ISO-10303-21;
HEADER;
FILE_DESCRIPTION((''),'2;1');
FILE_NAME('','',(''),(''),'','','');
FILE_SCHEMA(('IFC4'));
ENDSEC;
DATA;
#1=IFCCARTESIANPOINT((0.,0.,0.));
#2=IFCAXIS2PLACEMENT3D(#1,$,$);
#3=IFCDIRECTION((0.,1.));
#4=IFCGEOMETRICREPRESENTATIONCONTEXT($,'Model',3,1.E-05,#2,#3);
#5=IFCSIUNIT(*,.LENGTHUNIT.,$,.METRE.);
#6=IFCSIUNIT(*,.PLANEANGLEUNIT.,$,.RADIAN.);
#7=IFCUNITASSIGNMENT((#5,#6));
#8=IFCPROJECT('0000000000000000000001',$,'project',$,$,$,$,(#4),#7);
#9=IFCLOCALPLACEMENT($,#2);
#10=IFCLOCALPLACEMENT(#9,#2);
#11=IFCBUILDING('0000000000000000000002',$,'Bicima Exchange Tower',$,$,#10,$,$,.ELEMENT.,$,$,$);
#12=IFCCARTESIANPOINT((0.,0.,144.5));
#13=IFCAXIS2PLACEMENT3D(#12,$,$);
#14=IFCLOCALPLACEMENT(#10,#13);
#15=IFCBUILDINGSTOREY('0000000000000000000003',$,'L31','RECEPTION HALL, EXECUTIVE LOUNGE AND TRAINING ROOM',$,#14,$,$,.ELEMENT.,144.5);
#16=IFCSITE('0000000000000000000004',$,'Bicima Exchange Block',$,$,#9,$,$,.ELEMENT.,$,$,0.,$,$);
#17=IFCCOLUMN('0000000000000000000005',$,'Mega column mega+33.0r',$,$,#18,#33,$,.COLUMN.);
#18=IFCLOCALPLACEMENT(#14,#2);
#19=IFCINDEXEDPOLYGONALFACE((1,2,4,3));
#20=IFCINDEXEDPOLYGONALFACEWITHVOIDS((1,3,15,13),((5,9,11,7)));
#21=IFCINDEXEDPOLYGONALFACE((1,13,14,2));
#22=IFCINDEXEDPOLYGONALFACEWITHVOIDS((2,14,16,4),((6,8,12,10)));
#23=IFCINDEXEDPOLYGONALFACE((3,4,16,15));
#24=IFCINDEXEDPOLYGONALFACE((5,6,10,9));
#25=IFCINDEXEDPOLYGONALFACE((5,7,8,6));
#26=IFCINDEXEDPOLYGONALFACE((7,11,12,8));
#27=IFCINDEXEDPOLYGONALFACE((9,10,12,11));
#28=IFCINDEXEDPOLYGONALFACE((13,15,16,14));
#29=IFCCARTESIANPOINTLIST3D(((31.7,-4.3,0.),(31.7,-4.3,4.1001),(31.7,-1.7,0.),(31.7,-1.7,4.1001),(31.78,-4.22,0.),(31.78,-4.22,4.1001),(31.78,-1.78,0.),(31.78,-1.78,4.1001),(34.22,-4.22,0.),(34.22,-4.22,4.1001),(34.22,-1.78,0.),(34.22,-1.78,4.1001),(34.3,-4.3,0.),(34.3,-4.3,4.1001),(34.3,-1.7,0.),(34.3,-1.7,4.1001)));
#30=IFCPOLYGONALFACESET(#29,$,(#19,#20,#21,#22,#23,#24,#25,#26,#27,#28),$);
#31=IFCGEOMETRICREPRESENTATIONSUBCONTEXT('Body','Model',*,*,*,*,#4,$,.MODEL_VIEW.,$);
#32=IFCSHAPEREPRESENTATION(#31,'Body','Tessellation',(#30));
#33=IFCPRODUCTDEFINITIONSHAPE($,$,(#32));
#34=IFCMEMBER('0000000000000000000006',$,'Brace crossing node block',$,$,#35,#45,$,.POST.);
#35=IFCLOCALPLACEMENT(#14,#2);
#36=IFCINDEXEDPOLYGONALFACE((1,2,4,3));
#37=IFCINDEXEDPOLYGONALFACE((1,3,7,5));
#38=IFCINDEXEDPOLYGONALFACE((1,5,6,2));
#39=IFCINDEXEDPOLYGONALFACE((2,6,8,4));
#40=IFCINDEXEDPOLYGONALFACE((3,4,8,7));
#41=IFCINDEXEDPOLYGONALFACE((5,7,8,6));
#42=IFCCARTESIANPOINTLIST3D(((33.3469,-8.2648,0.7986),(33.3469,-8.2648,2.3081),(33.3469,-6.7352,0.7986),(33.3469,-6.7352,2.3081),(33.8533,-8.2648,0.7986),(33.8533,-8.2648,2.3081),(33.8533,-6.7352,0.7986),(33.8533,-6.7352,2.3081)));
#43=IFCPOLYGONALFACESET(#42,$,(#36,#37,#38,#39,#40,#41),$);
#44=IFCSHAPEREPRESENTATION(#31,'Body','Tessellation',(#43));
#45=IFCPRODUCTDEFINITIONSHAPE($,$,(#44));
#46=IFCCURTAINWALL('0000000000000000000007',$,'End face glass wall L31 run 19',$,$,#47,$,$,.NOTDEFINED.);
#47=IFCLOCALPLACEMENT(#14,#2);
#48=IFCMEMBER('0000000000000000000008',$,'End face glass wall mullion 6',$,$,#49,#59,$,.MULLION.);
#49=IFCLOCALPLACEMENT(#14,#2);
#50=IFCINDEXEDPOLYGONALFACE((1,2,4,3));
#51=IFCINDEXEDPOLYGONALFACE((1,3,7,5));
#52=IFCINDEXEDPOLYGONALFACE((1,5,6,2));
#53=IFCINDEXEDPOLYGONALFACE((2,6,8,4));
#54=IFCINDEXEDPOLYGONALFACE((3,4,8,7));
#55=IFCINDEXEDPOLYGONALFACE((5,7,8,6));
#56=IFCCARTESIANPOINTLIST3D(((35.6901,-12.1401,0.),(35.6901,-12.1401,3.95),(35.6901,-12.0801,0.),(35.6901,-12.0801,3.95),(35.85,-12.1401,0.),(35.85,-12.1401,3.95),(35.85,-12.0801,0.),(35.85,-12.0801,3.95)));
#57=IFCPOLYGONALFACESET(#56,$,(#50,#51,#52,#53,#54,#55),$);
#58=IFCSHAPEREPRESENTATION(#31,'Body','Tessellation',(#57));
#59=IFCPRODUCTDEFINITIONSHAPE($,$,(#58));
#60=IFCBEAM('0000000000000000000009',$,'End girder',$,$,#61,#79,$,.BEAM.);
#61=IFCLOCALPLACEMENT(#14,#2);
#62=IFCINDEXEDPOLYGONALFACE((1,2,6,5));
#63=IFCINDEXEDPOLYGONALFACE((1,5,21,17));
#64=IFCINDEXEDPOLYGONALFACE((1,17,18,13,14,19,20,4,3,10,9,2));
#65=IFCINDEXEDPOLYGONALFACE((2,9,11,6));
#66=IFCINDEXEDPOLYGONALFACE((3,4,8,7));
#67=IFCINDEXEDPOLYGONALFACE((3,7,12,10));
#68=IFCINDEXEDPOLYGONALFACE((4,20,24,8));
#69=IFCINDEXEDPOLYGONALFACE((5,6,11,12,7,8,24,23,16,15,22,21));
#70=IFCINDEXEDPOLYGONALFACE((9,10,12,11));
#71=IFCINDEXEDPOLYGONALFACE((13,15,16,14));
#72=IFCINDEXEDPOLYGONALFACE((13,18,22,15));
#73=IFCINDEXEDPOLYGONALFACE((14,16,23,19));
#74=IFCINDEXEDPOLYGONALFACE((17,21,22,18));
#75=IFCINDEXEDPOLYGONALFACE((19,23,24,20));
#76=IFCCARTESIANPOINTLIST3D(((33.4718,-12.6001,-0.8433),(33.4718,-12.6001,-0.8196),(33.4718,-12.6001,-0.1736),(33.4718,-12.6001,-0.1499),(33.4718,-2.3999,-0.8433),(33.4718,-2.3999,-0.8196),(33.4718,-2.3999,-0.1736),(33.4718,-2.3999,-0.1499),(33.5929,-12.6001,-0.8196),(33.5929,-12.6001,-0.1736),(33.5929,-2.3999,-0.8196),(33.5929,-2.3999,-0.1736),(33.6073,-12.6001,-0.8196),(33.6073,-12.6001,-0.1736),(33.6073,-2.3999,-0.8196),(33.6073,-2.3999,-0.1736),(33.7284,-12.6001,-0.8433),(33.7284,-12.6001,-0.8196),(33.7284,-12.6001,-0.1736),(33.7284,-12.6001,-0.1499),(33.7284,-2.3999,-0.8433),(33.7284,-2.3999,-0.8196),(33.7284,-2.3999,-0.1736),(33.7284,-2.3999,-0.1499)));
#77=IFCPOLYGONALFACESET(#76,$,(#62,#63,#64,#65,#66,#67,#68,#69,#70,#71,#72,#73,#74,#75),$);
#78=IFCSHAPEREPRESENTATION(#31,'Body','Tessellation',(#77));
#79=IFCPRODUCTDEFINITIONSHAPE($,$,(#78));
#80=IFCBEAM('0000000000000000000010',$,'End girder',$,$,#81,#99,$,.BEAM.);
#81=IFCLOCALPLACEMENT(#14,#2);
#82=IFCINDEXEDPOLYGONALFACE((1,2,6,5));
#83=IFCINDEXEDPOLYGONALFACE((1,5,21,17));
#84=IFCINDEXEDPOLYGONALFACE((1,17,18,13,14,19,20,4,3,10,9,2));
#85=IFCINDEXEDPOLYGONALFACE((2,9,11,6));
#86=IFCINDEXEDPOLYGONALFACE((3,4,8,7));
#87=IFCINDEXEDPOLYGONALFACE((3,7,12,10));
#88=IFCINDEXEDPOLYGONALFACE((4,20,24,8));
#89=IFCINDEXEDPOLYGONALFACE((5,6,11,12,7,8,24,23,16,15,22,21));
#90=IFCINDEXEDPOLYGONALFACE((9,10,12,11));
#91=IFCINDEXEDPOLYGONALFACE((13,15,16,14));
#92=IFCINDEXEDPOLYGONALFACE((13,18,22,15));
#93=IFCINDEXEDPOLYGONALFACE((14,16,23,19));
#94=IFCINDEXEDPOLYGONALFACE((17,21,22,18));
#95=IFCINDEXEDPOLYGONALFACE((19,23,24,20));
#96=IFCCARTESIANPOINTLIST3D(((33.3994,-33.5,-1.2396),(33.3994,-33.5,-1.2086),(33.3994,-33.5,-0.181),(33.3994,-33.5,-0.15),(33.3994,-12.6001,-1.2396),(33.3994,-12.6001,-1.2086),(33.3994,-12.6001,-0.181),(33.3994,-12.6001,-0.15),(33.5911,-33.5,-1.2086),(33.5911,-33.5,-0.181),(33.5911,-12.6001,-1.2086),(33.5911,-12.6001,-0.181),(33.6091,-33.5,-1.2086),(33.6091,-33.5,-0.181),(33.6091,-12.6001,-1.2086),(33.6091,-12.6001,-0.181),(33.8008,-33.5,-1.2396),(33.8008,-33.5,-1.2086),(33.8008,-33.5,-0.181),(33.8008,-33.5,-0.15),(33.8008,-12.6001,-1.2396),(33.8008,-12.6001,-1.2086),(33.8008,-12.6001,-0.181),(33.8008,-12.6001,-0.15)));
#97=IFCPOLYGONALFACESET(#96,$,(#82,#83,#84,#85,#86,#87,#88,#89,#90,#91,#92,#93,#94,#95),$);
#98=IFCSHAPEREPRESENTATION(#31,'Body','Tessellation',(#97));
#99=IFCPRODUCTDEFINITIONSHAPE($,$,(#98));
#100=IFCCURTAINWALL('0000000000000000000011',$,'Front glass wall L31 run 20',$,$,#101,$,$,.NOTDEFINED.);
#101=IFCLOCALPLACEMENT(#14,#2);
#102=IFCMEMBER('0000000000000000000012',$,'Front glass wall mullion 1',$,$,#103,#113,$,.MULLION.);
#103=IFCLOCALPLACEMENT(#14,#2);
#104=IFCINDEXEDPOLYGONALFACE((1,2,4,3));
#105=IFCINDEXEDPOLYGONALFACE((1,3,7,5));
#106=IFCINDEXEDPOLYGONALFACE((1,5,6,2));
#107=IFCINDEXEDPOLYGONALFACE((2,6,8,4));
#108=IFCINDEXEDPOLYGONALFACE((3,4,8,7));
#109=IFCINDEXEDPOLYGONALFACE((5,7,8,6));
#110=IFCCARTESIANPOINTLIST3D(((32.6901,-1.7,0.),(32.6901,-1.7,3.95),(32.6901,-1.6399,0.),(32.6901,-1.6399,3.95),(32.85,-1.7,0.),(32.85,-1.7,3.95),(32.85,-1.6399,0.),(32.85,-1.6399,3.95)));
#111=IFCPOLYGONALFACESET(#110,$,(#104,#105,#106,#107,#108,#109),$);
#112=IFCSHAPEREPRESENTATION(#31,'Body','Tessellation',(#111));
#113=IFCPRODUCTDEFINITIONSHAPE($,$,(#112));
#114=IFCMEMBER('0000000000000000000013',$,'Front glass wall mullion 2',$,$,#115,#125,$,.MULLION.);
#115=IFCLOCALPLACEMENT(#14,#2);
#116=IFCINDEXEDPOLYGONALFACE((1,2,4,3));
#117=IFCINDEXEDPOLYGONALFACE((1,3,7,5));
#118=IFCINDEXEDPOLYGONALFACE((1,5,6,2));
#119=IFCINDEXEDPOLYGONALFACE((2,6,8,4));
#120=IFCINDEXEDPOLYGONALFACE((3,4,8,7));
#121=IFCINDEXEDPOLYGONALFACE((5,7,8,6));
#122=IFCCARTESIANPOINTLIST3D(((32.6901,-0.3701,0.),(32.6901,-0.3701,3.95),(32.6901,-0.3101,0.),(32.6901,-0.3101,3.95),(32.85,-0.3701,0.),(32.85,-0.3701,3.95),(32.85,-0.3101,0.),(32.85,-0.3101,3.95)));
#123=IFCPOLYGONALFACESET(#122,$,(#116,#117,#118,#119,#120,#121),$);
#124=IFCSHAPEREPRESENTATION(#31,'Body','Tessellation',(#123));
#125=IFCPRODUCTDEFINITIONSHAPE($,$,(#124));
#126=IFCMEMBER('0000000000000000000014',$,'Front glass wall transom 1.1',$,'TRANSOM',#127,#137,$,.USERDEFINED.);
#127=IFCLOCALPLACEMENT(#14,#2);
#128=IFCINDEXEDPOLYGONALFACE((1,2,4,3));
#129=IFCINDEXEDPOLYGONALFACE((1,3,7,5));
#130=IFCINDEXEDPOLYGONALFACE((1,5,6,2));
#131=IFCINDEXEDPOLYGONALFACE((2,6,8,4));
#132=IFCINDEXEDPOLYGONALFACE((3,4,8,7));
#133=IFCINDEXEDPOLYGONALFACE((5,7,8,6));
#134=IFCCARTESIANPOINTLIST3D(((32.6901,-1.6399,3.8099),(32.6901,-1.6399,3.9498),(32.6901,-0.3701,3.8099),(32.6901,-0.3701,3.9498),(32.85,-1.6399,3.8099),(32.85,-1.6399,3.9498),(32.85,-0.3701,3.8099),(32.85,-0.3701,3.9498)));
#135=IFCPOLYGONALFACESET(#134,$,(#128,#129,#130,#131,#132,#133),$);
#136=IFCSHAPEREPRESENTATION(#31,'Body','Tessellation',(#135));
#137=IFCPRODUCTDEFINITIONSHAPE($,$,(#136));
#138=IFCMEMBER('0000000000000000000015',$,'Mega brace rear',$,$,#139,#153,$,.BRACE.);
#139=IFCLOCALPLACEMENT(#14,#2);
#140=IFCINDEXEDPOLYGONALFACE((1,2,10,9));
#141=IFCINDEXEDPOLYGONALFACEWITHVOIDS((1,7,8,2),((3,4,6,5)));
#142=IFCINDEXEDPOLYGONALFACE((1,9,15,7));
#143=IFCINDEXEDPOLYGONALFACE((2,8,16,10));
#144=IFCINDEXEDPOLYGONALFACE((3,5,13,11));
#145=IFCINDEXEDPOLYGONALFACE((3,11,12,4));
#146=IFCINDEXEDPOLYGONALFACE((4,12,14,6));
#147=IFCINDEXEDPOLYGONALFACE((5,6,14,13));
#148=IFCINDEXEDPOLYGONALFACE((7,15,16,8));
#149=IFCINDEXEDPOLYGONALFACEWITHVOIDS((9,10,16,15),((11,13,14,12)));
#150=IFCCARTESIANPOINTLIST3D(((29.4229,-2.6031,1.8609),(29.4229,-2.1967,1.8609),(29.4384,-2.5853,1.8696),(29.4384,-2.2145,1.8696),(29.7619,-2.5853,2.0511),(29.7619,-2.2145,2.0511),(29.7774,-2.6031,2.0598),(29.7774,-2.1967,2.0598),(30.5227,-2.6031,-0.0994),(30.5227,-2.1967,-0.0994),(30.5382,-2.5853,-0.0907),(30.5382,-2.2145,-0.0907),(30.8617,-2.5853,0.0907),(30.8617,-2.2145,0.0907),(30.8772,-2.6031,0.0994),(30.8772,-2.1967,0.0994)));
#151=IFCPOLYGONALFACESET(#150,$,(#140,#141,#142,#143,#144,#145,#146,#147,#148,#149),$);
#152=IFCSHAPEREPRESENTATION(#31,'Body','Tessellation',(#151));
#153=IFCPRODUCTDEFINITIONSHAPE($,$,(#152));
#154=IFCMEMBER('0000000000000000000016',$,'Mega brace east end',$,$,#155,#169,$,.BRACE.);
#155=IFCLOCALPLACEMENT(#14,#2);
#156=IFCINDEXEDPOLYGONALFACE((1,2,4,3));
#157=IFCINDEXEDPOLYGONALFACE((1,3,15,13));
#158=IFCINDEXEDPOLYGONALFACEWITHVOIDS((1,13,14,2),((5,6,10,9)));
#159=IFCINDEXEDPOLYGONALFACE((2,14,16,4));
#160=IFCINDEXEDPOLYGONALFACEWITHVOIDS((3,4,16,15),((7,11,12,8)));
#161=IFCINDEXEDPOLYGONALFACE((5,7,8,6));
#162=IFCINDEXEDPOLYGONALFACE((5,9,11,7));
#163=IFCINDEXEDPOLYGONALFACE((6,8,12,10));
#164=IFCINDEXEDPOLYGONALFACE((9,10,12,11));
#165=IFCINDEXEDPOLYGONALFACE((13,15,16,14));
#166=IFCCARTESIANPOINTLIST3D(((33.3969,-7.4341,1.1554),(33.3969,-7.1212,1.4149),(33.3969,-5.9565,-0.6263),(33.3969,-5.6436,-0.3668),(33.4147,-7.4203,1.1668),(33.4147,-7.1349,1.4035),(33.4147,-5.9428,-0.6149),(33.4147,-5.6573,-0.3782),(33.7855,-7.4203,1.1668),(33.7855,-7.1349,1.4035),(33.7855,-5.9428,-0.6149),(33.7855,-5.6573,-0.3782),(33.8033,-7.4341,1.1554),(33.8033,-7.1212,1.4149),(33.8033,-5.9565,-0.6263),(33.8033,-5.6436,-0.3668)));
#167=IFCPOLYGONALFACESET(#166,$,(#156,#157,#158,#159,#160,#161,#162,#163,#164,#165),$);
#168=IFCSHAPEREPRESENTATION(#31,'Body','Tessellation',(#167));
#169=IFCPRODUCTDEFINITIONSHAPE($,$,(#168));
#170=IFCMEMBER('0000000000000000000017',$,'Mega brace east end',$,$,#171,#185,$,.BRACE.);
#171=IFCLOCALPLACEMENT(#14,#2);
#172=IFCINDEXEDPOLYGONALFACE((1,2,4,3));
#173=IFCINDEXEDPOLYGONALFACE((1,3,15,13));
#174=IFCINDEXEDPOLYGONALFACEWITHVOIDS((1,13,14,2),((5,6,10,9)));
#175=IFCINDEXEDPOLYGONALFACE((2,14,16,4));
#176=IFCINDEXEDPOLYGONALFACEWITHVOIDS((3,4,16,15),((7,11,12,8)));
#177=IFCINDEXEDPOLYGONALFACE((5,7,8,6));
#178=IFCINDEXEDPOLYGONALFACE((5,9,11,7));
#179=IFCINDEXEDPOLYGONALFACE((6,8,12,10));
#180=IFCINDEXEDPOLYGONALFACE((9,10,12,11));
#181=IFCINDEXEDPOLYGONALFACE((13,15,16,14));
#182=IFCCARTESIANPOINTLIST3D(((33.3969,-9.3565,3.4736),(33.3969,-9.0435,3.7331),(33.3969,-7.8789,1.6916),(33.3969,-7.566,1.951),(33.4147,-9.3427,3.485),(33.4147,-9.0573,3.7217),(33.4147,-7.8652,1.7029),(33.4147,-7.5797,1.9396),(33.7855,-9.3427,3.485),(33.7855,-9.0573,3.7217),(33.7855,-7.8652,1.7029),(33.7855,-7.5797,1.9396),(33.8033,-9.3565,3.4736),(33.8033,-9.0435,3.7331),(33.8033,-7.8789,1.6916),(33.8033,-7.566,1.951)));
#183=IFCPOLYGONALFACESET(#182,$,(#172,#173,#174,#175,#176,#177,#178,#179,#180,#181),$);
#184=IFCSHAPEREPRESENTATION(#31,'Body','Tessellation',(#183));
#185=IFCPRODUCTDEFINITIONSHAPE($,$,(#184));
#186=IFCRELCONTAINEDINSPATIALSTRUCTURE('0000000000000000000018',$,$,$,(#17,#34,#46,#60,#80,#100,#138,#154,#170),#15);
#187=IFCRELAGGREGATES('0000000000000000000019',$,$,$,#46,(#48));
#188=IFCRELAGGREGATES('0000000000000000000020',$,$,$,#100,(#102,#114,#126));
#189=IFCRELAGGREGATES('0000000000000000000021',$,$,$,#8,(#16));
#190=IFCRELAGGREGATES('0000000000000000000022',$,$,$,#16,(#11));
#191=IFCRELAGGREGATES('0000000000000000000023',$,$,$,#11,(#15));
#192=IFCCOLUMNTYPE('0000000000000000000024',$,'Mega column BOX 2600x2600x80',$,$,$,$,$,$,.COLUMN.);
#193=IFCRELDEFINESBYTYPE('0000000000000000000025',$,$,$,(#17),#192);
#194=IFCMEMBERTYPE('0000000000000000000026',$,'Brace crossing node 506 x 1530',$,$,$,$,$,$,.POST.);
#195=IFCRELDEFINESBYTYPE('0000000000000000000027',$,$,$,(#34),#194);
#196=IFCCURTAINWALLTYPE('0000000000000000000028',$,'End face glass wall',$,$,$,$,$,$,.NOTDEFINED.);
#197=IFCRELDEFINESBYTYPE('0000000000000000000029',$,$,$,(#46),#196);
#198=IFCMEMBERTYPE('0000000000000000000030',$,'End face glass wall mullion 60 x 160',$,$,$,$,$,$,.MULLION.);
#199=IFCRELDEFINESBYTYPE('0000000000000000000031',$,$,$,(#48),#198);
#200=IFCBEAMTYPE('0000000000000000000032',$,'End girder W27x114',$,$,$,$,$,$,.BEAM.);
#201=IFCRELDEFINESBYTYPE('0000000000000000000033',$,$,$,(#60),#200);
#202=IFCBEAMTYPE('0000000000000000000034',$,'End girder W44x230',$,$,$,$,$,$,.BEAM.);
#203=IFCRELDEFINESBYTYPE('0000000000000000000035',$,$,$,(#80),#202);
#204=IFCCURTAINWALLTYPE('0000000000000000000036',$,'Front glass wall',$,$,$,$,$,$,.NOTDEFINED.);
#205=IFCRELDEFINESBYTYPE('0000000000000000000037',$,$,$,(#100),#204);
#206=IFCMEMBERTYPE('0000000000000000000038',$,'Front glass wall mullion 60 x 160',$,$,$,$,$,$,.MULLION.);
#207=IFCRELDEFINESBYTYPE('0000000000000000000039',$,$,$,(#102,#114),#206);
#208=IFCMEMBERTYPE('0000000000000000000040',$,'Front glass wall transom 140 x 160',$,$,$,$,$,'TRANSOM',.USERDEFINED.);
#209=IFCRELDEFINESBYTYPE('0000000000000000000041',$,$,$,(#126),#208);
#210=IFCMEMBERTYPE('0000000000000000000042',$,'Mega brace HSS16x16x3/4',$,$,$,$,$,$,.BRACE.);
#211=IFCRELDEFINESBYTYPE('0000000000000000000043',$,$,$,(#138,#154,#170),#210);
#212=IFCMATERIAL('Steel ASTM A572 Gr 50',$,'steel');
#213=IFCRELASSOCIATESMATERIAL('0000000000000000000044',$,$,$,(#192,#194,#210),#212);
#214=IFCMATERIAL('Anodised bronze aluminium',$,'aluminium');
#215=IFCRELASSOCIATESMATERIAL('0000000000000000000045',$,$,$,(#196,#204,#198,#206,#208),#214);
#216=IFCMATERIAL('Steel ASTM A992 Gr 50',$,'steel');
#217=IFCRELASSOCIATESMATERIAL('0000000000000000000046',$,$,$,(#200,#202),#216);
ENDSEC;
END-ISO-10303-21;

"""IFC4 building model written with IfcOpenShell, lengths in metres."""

from ifc_helpers import new_model, si_unit, direction, frame, origin, origin_2d, place, context, subcontext, project, spatial, rectangle, hollow_rectangle, i_section, extrude, material, material_profile, profile_set, type_object, element, aggregate, save


model = new_model("IFC4")

# Units and contexts
model_context = context("Model", 3, precision=1e-05, world=origin(), true_north=direction((0.0, 1.0)))
body_context = subcontext(model_context, "Body", "Model", "MODEL_VIEW")
ifc_project = project(units=[si_unit("LENGTHUNIT", "METRE"), si_unit("PLANEANGLEUNIT", "RADIAN")], contexts=[model_context])

# Site, building, storey
site_placement = place(None, origin())
site = spatial("IfcSite", under=ifc_project, at=site_placement, Name="Bicima Exchange Block", CompositionType="ELEMENT", RefElevation=0.0)
building_placement = place(site_placement, origin())
building = spatial("IfcBuilding", under=site, at=building_placement, Name="Bicima Exchange Tower", CompositionType="ELEMENT")
storey_placement = place(building_placement, frame((0.0, 0.0, 144.5)))
storey = spatial("IfcBuildingStorey", under=building, at=storey_placement, Name="L31", Description="RECEPTION HALL, EXECUTIVE LOUNGE AND TRAINING ROOM", CompositionType="ELEMENT", Elevation=144.5)

# Column
ifc_material_1 = material(Name="Steel ASTM A572 Gr 50", Category="steel")
ifc_material_profile_1 = material_profile(ifc_material_1, hollow_rectangle(XDim=2.6001, YDim=2.6001, WallThickness=0.0801, at=origin_2d()))
ifc_profile_set_1 = profile_set([ifc_material_profile_1], Name="Steel ASTM A572 Gr 50")
column_type = type_object("IfcColumnType", Name="Mega column BOX 2600x2600x80", PredefinedType="COLUMN", material=ifc_profile_set_1)
column_placement = place(storey_placement, frame((33.0, -3.0, 0.0), z_axis=(0.0, 0.0, 1.0), x_axis=(1.0, 0.0, 0.0)))
element("IfcColumn", 1, at=column_placement, inside=storey, type_object=column_type, Name="Mega column mega+33.0r", PredefinedType="COLUMN", context=body_context, shape_type="SweptSolid", body=[
    extrude(hollow_rectangle(XDim=2.6001, YDim=2.6001, WallThickness=0.0801, at=origin_2d()), origin(), (0.0, 0.0, 1.0), 4.1001),
])

# Member
ifc_material_profile_2 = material_profile(ifc_material_1, rectangle(XDim=0.5063, YDim=1.5295, at=origin_2d()))
ifc_profile_set_2 = profile_set([ifc_material_profile_2], Name="Steel ASTM A572 Gr 50")
member_type_1 = type_object("IfcMemberType", Name="Brace crossing node 506 x 1530", PredefinedType="POST", material=ifc_profile_set_2)
member_1_placement = place(storey_placement, frame((33.6001, -7.5, 0.7986), z_axis=(0.0, 0.0, 1.0), x_axis=(1.0, 0.0, 0.0)))
element("IfcMember", 2, at=member_1_placement, inside=storey, type_object=member_type_1, Name="Brace crossing node block", PredefinedType="POST", context=body_context, shape_type="SweptSolid", body=[
    extrude(rectangle(XDim=0.5063, YDim=1.5295, at=origin_2d()), origin(), (0.0, 0.0, 1.0), 1.5095),
])

# Curtain wall, member
ifc_material_2 = material(Name="Anodised bronze aluminium", Category="aluminium")
curtain_wall_type_1 = type_object("IfcCurtainWallType", Name="End face glass wall", PredefinedType="NOTDEFINED", material=ifc_material_2)
curtain_wall_1_placement = place(storey_placement, origin())
curtain_wall_1 = element("IfcCurtainWall", 3, at=curtain_wall_1_placement, inside=storey, type_object=curtain_wall_type_1, Name="End face glass wall L31 run 19", PredefinedType="NOTDEFINED")
ifc_material_profile_3 = material_profile(ifc_material_2, rectangle(XDim=0.1599, YDim=0.0601, at=origin_2d()))
ifc_profile_set_3 = profile_set([ifc_material_profile_3], Name="Anodised bronze aluminium")
member_type_2 = type_object("IfcMemberType", Name="End face glass wall mullion 60 x 160", PredefinedType="MULLION", material=ifc_profile_set_3)
member_2_placement = place(storey_placement, frame((35.77, -12.1101, 0.0), z_axis=(0.0, 0.0, 1.0), x_axis=(-1.0, 0.0, 0.0)))
member_2 = element("IfcMember", 4, at=member_2_placement, type_object=member_type_2, Name="End face glass wall mullion 6", PredefinedType="MULLION", context=body_context, shape_type="SweptSolid", body=[
    extrude(rectangle(XDim=0.1599, YDim=0.0601, at=origin_2d()), origin(), (0.0, 0.0, 1.0), 3.95),
])
aggregate(curtain_wall_1, [member_2])

# Beams
ifc_material_3 = material(Name="Steel ASTM A992 Gr 50", Category="steel")
ifc_material_profile_4 = material_profile(ifc_material_3, i_section(OverallWidth=0.2566, OverallDepth=0.6934, WebThickness=0.0144, FlangeThickness=0.0237, at=origin_2d()))
ifc_profile_set_4 = profile_set([ifc_material_profile_4], Name="Steel ASTM A992 Gr 50")
beam_type_1 = type_object("IfcBeamType", Name="End girder W27x114", PredefinedType="BEAM", material=ifc_profile_set_4)
beam_1_placement = place(storey_placement, frame((33.6001, -2.3999, -0.4966), z_axis=(0.0, -1.0, 0.0), x_axis=(1.0, 0.0, 0.0)))
element("IfcBeam", 5, at=beam_1_placement, inside=storey, type_object=beam_type_1, Name="End girder", PredefinedType="BEAM", context=body_context, shape_type="SweptSolid", body=[
    extrude(i_section(OverallWidth=0.2566, OverallDepth=0.6934, WebThickness=0.0144, FlangeThickness=0.0237, at=origin_2d()), origin(), (0.0, 0.0, 1.0), 10.2002),
])
ifc_material_profile_5 = material_profile(ifc_material_3, i_section(OverallWidth=0.4014, OverallDepth=1.0896, WebThickness=0.0181, FlangeThickness=0.031, at=origin_2d()))
ifc_profile_set_5 = profile_set([ifc_material_profile_5], Name="Steel ASTM A992 Gr 50")
beam_type_2 = type_object("IfcBeamType", Name="End girder W44x230", PredefinedType="BEAM", material=ifc_profile_set_5)
beam_2_placement = place(storey_placement, frame((33.6001, -12.6001, -0.6948), z_axis=(0.0, -1.0, 0.0), x_axis=(1.0, 0.0, 0.0)))
element("IfcBeam", 6, at=beam_2_placement, inside=storey, type_object=beam_type_2, Name="End girder", PredefinedType="BEAM", context=body_context, shape_type="SweptSolid", body=[
    extrude(i_section(OverallWidth=0.4014, OverallDepth=1.0896, WebThickness=0.0181, FlangeThickness=0.031, at=origin_2d()), origin(), (0.0, 0.0, 1.0), 20.8999),
])

# Curtain wall, members
curtain_wall_type_2 = type_object("IfcCurtainWallType", Name="Front glass wall", PredefinedType="NOTDEFINED", material=ifc_material_2)
curtain_wall_2_placement = place(storey_placement, origin())
curtain_wall_2 = element("IfcCurtainWall", 7, at=curtain_wall_2_placement, inside=storey, type_object=curtain_wall_type_2, Name="Front glass wall L31 run 20", PredefinedType="NOTDEFINED")
member_type_3 = type_object("IfcMemberType", Name="Front glass wall mullion 60 x 160", PredefinedType="MULLION", material=ifc_profile_set_3)
member_3_placement = place(storey_placement, frame((32.77, -1.6699, 0.0), z_axis=(0.0, 0.0, 1.0), x_axis=(-1.0, 0.0, 0.0)))
member_3 = element("IfcMember", 8, at=member_3_placement, type_object=member_type_3, Name="Front glass wall mullion 1", PredefinedType="MULLION", context=body_context, shape_type="SweptSolid", body=[
    extrude(rectangle(XDim=0.1599, YDim=0.0601, at=origin_2d()), origin(), (0.0, 0.0, 1.0), 3.95),
])
member_4_placement = place(storey_placement, frame((32.77, -0.3401, 0.0), z_axis=(0.0, 0.0, 1.0), x_axis=(-1.0, 0.0, 0.0)))
member_4 = element("IfcMember", 9, at=member_4_placement, type_object=member_type_3, Name="Front glass wall mullion 2", PredefinedType="MULLION", context=body_context, shape_type="SweptSolid", body=[
    extrude(rectangle(XDim=0.1599, YDim=0.0601, at=origin_2d()), origin(), (0.0, 0.0, 1.0), 3.95),
])
ifc_material_profile_6 = material_profile(ifc_material_2, rectangle(XDim=0.1599, YDim=0.1399, at=origin_2d()))
ifc_profile_set_6 = profile_set([ifc_material_profile_6], Name="Anodised bronze aluminium")
member_type_4 = type_object("IfcMemberType", Name="Front glass wall transom 140 x 160", ElementType="TRANSOM", PredefinedType="USERDEFINED", material=ifc_profile_set_6)
member_5_placement = place(storey_placement, frame((32.77, -1.6399, 3.8799), z_axis=(0.0, 1.0, 0.0), x_axis=(-1.0, 0.0, 0.0)))
member_5 = element("IfcMember", 10, at=member_5_placement, type_object=member_type_4, Name="Front glass wall transom 1.1", ObjectType="TRANSOM", PredefinedType="USERDEFINED", context=body_context, shape_type="SweptSolid", body=[
    extrude(rectangle(XDim=0.1599, YDim=0.1399, at=origin_2d()), origin(), (0.0, 0.0, 1.0), 1.2698),
])

# Members
ifc_material_profile_7 = material_profile(ifc_material_1, hollow_rectangle(XDim=0.4065, YDim=0.4065, WallThickness=0.0178, at=origin_2d()))
ifc_profile_set_7 = profile_set([ifc_material_profile_7], Name="Steel ASTM A572 Gr 50")
member_type_5 = type_object("IfcMemberType", Name="Mega brace HSS16x16x3/4", PredefinedType="BRACE", material=ifc_profile_set_7)
member_6_placement = place(storey_placement, frame((30.7, -2.3999, 0.0), z_axis=(-0.489281, 0.0, 0.872126), x_axis=(0.0, -1.0, 0.0)))
element("IfcMember", 11, at=member_6_placement, inside=storey, type_object=member_type_5, Name="Mega brace rear", PredefinedType="BRACE", context=body_context, shape_type="SweptSolid", body=[
    extrude(hollow_rectangle(XDim=0.4065, YDim=0.4065, WallThickness=0.0178, at=origin_2d()), origin(), (0.0, 0.0, 1.0), 2.2478),
])
member_7_placement = place(storey_placement, frame((33.6001, -5.8, -0.4966), z_axis=(0.0, -0.638336, 0.769758), x_axis=(1.0, 0.0, 0.0)))
element("IfcMember", 12, at=member_7_placement, inside=storey, type_object=member_type_5, Name="Mega brace east end", PredefinedType="BRACE", context=body_context, shape_type="SweptSolid", body=[
    extrude(hollow_rectangle(XDim=0.4065, YDim=0.4065, WallThickness=0.0178, at=origin_2d()), origin(), (0.0, 0.0, 1.0), 2.3147),
])
member_8_placement = place(storey_placement, frame((33.6001, -7.7224, 1.8213), z_axis=(0.0, -0.638284, 0.769801), x_axis=(1.0, 0.0, 0.0)))
element("IfcMember", 13, at=member_8_placement, inside=storey, type_object=member_type_5, Name="Mega brace east end", PredefinedType="BRACE", context=body_context, shape_type="SweptSolid", body=[
    extrude(hollow_rectangle(XDim=0.4065, YDim=0.4065, WallThickness=0.0178, at=origin_2d()), origin(), (0.0, 0.0, 1.0), 2.3149),
])

aggregate(curtain_wall_2, [member_3, member_4, member_5])

save(model, "model.ifc")
